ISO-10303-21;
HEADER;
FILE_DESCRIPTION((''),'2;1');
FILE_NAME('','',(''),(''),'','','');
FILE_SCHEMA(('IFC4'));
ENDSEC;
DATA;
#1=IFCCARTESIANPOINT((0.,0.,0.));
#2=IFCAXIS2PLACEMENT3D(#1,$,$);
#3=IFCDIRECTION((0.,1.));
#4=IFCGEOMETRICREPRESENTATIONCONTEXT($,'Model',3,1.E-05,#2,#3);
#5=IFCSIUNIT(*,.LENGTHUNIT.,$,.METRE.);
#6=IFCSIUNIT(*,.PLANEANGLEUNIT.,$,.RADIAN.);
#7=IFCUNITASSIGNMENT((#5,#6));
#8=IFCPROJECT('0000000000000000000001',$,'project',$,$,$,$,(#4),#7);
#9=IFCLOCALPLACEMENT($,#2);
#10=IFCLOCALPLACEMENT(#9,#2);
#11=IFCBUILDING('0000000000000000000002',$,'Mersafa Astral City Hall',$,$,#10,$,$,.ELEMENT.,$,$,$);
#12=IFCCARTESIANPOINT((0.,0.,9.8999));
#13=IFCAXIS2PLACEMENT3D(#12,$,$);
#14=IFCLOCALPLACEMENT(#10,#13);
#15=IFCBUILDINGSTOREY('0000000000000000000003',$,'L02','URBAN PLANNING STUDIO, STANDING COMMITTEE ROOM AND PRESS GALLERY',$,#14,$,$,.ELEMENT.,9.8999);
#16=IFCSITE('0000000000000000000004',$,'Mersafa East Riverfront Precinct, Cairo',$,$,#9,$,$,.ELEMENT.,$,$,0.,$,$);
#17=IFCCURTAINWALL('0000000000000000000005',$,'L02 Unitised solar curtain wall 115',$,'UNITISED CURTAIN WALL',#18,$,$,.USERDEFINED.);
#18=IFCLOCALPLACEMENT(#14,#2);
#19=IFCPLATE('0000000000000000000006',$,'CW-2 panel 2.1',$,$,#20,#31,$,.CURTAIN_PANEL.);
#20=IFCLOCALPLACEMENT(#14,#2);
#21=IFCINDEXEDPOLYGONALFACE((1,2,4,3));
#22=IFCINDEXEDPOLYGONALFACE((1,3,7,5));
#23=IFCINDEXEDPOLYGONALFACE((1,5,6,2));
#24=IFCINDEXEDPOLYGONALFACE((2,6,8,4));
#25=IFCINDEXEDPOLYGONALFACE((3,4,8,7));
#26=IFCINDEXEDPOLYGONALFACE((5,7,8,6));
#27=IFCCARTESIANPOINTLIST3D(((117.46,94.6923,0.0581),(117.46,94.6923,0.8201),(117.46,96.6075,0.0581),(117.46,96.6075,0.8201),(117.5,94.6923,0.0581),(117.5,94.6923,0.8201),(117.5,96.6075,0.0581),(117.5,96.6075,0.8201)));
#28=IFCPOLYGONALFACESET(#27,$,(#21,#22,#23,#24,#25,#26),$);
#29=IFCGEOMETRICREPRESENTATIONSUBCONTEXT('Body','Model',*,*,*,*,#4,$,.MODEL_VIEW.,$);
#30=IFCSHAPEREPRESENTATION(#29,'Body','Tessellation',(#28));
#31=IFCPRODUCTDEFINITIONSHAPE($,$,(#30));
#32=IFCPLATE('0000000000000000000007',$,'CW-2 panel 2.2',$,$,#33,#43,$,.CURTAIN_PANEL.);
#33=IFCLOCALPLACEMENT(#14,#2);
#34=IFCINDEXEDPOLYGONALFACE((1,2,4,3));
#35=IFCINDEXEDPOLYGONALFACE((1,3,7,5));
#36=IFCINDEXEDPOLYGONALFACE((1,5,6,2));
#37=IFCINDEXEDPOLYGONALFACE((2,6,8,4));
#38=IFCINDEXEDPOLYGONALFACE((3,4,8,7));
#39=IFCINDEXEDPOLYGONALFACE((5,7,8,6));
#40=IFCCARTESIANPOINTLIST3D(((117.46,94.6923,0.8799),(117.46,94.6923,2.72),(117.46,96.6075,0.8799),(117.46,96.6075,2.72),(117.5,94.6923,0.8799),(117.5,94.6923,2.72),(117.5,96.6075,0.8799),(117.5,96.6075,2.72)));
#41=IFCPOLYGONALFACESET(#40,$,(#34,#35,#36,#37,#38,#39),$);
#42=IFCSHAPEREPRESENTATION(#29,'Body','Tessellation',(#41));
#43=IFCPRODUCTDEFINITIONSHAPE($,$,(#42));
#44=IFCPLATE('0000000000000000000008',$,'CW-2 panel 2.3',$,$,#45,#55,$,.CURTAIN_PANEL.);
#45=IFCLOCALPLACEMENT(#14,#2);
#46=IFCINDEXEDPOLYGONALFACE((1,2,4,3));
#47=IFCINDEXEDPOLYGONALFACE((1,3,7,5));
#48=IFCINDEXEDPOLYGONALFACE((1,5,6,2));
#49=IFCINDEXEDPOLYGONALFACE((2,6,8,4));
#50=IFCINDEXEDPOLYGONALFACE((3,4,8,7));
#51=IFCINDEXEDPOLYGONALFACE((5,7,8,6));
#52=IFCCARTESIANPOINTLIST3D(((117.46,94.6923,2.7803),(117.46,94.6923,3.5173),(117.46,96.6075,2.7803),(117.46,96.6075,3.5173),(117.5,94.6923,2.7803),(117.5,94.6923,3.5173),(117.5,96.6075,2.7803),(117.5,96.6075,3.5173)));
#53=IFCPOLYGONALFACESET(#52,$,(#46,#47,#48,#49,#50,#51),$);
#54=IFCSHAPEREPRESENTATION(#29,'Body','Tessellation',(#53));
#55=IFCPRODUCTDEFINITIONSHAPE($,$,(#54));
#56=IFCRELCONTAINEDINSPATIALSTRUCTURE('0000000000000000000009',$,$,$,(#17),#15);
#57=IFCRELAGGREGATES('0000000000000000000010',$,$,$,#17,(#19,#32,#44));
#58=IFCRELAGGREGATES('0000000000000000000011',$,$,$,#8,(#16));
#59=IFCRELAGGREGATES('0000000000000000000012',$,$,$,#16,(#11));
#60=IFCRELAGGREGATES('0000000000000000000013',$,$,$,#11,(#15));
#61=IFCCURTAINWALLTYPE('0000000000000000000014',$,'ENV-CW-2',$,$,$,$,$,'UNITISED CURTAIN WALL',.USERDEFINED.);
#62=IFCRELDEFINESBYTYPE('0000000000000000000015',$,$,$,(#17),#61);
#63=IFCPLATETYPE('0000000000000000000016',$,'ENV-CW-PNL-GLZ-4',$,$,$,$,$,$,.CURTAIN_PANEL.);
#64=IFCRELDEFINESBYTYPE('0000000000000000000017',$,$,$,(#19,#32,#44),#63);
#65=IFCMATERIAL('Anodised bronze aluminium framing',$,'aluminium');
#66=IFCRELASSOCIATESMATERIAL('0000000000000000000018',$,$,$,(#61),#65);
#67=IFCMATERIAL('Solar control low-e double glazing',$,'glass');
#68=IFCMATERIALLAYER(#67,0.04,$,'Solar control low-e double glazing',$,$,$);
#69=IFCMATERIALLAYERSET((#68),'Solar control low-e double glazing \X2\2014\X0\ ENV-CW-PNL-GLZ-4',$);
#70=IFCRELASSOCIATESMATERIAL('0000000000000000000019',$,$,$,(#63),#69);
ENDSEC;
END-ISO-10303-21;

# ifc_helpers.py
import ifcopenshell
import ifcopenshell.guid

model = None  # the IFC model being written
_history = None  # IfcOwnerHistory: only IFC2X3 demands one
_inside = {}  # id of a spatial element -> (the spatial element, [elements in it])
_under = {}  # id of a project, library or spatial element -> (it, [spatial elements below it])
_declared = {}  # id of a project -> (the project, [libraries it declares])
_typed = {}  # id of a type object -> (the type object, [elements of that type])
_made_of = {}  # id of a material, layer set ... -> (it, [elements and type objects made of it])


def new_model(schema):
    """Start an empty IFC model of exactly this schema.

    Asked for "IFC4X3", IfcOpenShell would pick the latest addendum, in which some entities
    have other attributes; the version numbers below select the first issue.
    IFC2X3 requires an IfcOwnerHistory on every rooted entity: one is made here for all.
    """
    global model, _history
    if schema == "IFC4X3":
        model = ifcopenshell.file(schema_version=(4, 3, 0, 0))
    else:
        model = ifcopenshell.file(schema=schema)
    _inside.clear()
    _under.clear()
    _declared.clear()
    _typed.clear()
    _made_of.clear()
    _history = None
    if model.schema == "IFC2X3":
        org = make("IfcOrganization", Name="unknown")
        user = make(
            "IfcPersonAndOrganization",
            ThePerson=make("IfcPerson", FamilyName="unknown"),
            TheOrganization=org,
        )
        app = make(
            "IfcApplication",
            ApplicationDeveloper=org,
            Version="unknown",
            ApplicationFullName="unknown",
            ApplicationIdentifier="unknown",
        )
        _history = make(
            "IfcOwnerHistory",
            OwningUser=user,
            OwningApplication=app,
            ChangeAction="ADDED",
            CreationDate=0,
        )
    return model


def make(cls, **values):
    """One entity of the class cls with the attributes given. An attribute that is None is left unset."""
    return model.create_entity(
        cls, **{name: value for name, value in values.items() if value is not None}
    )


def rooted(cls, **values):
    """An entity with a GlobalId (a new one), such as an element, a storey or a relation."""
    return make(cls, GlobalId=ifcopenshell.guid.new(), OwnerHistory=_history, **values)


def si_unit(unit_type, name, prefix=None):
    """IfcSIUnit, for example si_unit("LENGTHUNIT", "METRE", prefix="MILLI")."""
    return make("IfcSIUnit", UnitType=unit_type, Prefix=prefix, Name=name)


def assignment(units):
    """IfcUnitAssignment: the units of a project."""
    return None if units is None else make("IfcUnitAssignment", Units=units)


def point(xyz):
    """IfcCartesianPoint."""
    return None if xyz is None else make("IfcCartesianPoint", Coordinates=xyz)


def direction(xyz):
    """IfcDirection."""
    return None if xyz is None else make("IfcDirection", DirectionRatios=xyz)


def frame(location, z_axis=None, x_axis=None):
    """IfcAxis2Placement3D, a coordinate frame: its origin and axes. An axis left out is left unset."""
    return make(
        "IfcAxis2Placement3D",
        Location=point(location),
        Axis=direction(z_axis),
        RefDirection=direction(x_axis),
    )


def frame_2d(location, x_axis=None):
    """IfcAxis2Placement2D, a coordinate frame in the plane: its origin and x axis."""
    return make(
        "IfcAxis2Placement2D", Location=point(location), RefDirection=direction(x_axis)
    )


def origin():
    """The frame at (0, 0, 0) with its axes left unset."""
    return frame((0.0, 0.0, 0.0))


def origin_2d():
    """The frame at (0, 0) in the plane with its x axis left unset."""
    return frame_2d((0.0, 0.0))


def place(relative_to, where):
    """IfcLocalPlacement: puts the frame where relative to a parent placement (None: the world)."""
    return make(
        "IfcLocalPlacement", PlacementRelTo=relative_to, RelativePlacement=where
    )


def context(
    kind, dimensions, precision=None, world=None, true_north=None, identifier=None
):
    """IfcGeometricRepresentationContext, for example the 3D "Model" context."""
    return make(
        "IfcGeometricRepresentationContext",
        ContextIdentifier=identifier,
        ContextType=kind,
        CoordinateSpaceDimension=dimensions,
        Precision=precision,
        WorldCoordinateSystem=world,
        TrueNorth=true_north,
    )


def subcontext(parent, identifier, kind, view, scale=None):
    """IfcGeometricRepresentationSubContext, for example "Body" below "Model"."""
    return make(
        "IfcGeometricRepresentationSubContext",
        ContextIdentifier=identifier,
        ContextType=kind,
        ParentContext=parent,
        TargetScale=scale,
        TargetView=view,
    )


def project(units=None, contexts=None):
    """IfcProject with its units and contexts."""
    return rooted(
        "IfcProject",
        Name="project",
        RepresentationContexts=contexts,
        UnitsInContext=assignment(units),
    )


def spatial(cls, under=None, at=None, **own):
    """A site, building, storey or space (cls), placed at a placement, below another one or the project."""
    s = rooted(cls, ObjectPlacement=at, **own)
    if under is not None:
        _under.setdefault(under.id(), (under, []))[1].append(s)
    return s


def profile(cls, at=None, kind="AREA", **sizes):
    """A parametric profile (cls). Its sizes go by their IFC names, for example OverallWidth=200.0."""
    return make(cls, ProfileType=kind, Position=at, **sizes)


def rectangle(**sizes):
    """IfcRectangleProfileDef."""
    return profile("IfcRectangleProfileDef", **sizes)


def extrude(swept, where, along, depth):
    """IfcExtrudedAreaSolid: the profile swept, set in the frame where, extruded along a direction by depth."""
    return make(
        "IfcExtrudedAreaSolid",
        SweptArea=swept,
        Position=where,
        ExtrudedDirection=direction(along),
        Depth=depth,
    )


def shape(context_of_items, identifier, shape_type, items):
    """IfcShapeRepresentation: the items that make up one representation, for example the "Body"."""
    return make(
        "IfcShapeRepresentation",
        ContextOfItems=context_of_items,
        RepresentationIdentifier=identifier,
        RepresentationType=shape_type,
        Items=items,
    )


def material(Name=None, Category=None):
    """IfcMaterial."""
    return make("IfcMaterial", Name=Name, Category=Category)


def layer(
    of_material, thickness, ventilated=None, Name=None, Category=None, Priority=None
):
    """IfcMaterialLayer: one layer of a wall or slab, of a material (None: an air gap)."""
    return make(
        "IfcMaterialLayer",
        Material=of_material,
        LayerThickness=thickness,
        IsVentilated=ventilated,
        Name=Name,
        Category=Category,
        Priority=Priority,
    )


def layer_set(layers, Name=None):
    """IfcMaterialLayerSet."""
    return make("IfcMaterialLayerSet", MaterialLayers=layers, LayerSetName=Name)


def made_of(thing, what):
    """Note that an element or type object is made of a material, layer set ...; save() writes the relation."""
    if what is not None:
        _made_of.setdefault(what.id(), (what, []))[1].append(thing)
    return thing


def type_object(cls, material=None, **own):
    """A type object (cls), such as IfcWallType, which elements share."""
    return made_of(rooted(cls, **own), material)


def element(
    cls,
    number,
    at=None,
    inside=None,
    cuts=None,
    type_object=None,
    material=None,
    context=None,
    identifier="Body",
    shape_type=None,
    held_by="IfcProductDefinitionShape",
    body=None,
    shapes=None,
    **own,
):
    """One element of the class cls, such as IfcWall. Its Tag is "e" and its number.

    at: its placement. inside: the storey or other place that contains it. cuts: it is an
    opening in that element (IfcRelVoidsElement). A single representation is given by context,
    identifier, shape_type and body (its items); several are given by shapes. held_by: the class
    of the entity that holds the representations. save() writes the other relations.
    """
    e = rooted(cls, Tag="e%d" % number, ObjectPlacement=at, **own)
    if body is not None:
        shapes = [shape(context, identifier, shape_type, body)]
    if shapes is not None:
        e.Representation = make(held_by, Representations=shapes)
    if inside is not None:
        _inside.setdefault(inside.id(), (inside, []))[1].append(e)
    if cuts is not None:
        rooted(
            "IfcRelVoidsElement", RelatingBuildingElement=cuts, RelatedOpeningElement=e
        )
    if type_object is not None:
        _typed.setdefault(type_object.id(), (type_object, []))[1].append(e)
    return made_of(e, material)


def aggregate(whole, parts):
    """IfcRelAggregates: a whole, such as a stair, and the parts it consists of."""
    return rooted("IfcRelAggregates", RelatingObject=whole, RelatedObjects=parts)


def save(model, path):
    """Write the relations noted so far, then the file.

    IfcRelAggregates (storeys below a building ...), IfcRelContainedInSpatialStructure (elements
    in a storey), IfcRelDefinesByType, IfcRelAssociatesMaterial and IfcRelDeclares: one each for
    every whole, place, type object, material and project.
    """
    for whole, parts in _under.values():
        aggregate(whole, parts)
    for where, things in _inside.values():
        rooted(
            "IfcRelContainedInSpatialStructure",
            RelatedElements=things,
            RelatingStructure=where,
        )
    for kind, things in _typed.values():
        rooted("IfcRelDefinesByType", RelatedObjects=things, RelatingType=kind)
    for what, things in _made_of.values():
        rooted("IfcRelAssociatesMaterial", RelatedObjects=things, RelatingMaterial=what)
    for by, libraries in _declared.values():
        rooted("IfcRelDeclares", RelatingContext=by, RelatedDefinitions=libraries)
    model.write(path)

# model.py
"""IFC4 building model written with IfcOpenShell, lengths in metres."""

from ifc_helpers import new_model, si_unit, direction, frame, origin, origin_2d, place, context, subcontext, project, spatial, rectangle, extrude, material, layer, layer_set, type_object, element, aggregate, save


model = new_model("IFC4")

# Units and contexts
model_context = context("Model", 3, precision=1e-05, world=origin(), true_north=direction((0.0, 1.0)))
body_context = subcontext(model_context, "Body", "Model", "MODEL_VIEW")
ifc_project = project(units=[si_unit("LENGTHUNIT", "METRE"), si_unit("PLANEANGLEUNIT", "RADIAN")], contexts=[model_context])

# Site, building, storey
site_placement = place(None, origin())
site = spatial("IfcSite", under=ifc_project, at=site_placement, Name="Mersafa East Riverfront Precinct, Cairo", CompositionType="ELEMENT", RefElevation=0.0)
building_placement = place(site_placement, origin())
building = spatial("IfcBuilding", under=site, at=building_placement, Name="Mersafa Astral City Hall", CompositionType="ELEMENT")
storey_placement = place(building_placement, frame((0.0, 0.0, 9.8999)))
storey = spatial("IfcBuildingStorey", under=building, at=storey_placement, Name="L02", Description="URBAN PLANNING STUDIO, STANDING COMMITTEE ROOM AND PRESS GALLERY", CompositionType="ELEMENT", Elevation=9.8999)

# Curtain wall
ifc_material_1 = material(Name="Anodised bronze aluminium framing", Category="aluminium")
curtain_wall_type = type_object("IfcCurtainWallType", Name="ENV-CW-2", ElementType="UNITISED CURTAIN WALL", PredefinedType="USERDEFINED", material=ifc_material_1)
curtain_wall_placement = place(storey_placement, origin())
curtain_wall = element("IfcCurtainWall", 1, at=curtain_wall_placement, inside=storey, type_object=curtain_wall_type, Name="L02 Unitised solar curtain wall 115", ObjectType="UNITISED CURTAIN WALL", PredefinedType="USERDEFINED")

# Plates
ifc_material_2 = material(Name="Solar control low-e double glazing", Category="glass")
ifc_layer = layer(ifc_material_2, 0.04, Name="Solar control low-e double glazing")
ifc_layer_set = layer_set([ifc_layer], Name="Solar control low-e double glazing — ENV-CW-PNL-GLZ-4")
plate_type = type_object("IfcPlateType", Name="ENV-CW-PNL-GLZ-4", PredefinedType="CURTAIN_PANEL", material=ifc_layer_set)
plate_1_placement = place(storey_placement, frame((117.48, 95.6499, 0.0581), z_axis=(0.0, 0.0, 1.0), x_axis=(0.0, 1.0, 0.0)))
plate_1 = element("IfcPlate", 2, at=plate_1_placement, type_object=plate_type, Name="CW-2 panel 2.1", PredefinedType="CURTAIN_PANEL", context=body_context, shape_type="SweptSolid", body=[
    extrude(rectangle(XDim=1.9153, YDim=0.04, at=origin_2d()), origin(), (0.0, 0.0, 1.0), 0.762),
])
plate_2_placement = place(storey_placement, frame((117.48, 95.6499, 0.8799), z_axis=(0.0, 0.0, 1.0), x_axis=(0.0, 1.0, 0.0)))
plate_2 = element("IfcPlate", 3, at=plate_2_placement, type_object=plate_type, Name="CW-2 panel 2.2", PredefinedType="CURTAIN_PANEL", context=body_context, shape_type="SweptSolid", body=[
    extrude(rectangle(XDim=1.9153, YDim=0.04, at=origin_2d()), origin(), (0.0, 0.0, 1.0), 1.8401),
])
plate_3_placement = place(storey_placement, frame((117.48, 95.6499, 2.7803), z_axis=(0.0, 0.0, 1.0), x_axis=(0.0, 1.0, 0.0)))
plate_3 = element("IfcPlate", 4, at=plate_3_placement, type_object=plate_type, Name="CW-2 panel 2.3", PredefinedType="CURTAIN_PANEL", context=body_context, shape_type="SweptSolid", body=[
    extrude(rectangle(XDim=1.9153, YDim=0.04, at=origin_2d()), origin(), (0.0, 0.0, 1.0), 0.7371),
])
aggregate(curtain_wall, [plate_1, plate_2, plate_3])

save(model, "model.ifc")
